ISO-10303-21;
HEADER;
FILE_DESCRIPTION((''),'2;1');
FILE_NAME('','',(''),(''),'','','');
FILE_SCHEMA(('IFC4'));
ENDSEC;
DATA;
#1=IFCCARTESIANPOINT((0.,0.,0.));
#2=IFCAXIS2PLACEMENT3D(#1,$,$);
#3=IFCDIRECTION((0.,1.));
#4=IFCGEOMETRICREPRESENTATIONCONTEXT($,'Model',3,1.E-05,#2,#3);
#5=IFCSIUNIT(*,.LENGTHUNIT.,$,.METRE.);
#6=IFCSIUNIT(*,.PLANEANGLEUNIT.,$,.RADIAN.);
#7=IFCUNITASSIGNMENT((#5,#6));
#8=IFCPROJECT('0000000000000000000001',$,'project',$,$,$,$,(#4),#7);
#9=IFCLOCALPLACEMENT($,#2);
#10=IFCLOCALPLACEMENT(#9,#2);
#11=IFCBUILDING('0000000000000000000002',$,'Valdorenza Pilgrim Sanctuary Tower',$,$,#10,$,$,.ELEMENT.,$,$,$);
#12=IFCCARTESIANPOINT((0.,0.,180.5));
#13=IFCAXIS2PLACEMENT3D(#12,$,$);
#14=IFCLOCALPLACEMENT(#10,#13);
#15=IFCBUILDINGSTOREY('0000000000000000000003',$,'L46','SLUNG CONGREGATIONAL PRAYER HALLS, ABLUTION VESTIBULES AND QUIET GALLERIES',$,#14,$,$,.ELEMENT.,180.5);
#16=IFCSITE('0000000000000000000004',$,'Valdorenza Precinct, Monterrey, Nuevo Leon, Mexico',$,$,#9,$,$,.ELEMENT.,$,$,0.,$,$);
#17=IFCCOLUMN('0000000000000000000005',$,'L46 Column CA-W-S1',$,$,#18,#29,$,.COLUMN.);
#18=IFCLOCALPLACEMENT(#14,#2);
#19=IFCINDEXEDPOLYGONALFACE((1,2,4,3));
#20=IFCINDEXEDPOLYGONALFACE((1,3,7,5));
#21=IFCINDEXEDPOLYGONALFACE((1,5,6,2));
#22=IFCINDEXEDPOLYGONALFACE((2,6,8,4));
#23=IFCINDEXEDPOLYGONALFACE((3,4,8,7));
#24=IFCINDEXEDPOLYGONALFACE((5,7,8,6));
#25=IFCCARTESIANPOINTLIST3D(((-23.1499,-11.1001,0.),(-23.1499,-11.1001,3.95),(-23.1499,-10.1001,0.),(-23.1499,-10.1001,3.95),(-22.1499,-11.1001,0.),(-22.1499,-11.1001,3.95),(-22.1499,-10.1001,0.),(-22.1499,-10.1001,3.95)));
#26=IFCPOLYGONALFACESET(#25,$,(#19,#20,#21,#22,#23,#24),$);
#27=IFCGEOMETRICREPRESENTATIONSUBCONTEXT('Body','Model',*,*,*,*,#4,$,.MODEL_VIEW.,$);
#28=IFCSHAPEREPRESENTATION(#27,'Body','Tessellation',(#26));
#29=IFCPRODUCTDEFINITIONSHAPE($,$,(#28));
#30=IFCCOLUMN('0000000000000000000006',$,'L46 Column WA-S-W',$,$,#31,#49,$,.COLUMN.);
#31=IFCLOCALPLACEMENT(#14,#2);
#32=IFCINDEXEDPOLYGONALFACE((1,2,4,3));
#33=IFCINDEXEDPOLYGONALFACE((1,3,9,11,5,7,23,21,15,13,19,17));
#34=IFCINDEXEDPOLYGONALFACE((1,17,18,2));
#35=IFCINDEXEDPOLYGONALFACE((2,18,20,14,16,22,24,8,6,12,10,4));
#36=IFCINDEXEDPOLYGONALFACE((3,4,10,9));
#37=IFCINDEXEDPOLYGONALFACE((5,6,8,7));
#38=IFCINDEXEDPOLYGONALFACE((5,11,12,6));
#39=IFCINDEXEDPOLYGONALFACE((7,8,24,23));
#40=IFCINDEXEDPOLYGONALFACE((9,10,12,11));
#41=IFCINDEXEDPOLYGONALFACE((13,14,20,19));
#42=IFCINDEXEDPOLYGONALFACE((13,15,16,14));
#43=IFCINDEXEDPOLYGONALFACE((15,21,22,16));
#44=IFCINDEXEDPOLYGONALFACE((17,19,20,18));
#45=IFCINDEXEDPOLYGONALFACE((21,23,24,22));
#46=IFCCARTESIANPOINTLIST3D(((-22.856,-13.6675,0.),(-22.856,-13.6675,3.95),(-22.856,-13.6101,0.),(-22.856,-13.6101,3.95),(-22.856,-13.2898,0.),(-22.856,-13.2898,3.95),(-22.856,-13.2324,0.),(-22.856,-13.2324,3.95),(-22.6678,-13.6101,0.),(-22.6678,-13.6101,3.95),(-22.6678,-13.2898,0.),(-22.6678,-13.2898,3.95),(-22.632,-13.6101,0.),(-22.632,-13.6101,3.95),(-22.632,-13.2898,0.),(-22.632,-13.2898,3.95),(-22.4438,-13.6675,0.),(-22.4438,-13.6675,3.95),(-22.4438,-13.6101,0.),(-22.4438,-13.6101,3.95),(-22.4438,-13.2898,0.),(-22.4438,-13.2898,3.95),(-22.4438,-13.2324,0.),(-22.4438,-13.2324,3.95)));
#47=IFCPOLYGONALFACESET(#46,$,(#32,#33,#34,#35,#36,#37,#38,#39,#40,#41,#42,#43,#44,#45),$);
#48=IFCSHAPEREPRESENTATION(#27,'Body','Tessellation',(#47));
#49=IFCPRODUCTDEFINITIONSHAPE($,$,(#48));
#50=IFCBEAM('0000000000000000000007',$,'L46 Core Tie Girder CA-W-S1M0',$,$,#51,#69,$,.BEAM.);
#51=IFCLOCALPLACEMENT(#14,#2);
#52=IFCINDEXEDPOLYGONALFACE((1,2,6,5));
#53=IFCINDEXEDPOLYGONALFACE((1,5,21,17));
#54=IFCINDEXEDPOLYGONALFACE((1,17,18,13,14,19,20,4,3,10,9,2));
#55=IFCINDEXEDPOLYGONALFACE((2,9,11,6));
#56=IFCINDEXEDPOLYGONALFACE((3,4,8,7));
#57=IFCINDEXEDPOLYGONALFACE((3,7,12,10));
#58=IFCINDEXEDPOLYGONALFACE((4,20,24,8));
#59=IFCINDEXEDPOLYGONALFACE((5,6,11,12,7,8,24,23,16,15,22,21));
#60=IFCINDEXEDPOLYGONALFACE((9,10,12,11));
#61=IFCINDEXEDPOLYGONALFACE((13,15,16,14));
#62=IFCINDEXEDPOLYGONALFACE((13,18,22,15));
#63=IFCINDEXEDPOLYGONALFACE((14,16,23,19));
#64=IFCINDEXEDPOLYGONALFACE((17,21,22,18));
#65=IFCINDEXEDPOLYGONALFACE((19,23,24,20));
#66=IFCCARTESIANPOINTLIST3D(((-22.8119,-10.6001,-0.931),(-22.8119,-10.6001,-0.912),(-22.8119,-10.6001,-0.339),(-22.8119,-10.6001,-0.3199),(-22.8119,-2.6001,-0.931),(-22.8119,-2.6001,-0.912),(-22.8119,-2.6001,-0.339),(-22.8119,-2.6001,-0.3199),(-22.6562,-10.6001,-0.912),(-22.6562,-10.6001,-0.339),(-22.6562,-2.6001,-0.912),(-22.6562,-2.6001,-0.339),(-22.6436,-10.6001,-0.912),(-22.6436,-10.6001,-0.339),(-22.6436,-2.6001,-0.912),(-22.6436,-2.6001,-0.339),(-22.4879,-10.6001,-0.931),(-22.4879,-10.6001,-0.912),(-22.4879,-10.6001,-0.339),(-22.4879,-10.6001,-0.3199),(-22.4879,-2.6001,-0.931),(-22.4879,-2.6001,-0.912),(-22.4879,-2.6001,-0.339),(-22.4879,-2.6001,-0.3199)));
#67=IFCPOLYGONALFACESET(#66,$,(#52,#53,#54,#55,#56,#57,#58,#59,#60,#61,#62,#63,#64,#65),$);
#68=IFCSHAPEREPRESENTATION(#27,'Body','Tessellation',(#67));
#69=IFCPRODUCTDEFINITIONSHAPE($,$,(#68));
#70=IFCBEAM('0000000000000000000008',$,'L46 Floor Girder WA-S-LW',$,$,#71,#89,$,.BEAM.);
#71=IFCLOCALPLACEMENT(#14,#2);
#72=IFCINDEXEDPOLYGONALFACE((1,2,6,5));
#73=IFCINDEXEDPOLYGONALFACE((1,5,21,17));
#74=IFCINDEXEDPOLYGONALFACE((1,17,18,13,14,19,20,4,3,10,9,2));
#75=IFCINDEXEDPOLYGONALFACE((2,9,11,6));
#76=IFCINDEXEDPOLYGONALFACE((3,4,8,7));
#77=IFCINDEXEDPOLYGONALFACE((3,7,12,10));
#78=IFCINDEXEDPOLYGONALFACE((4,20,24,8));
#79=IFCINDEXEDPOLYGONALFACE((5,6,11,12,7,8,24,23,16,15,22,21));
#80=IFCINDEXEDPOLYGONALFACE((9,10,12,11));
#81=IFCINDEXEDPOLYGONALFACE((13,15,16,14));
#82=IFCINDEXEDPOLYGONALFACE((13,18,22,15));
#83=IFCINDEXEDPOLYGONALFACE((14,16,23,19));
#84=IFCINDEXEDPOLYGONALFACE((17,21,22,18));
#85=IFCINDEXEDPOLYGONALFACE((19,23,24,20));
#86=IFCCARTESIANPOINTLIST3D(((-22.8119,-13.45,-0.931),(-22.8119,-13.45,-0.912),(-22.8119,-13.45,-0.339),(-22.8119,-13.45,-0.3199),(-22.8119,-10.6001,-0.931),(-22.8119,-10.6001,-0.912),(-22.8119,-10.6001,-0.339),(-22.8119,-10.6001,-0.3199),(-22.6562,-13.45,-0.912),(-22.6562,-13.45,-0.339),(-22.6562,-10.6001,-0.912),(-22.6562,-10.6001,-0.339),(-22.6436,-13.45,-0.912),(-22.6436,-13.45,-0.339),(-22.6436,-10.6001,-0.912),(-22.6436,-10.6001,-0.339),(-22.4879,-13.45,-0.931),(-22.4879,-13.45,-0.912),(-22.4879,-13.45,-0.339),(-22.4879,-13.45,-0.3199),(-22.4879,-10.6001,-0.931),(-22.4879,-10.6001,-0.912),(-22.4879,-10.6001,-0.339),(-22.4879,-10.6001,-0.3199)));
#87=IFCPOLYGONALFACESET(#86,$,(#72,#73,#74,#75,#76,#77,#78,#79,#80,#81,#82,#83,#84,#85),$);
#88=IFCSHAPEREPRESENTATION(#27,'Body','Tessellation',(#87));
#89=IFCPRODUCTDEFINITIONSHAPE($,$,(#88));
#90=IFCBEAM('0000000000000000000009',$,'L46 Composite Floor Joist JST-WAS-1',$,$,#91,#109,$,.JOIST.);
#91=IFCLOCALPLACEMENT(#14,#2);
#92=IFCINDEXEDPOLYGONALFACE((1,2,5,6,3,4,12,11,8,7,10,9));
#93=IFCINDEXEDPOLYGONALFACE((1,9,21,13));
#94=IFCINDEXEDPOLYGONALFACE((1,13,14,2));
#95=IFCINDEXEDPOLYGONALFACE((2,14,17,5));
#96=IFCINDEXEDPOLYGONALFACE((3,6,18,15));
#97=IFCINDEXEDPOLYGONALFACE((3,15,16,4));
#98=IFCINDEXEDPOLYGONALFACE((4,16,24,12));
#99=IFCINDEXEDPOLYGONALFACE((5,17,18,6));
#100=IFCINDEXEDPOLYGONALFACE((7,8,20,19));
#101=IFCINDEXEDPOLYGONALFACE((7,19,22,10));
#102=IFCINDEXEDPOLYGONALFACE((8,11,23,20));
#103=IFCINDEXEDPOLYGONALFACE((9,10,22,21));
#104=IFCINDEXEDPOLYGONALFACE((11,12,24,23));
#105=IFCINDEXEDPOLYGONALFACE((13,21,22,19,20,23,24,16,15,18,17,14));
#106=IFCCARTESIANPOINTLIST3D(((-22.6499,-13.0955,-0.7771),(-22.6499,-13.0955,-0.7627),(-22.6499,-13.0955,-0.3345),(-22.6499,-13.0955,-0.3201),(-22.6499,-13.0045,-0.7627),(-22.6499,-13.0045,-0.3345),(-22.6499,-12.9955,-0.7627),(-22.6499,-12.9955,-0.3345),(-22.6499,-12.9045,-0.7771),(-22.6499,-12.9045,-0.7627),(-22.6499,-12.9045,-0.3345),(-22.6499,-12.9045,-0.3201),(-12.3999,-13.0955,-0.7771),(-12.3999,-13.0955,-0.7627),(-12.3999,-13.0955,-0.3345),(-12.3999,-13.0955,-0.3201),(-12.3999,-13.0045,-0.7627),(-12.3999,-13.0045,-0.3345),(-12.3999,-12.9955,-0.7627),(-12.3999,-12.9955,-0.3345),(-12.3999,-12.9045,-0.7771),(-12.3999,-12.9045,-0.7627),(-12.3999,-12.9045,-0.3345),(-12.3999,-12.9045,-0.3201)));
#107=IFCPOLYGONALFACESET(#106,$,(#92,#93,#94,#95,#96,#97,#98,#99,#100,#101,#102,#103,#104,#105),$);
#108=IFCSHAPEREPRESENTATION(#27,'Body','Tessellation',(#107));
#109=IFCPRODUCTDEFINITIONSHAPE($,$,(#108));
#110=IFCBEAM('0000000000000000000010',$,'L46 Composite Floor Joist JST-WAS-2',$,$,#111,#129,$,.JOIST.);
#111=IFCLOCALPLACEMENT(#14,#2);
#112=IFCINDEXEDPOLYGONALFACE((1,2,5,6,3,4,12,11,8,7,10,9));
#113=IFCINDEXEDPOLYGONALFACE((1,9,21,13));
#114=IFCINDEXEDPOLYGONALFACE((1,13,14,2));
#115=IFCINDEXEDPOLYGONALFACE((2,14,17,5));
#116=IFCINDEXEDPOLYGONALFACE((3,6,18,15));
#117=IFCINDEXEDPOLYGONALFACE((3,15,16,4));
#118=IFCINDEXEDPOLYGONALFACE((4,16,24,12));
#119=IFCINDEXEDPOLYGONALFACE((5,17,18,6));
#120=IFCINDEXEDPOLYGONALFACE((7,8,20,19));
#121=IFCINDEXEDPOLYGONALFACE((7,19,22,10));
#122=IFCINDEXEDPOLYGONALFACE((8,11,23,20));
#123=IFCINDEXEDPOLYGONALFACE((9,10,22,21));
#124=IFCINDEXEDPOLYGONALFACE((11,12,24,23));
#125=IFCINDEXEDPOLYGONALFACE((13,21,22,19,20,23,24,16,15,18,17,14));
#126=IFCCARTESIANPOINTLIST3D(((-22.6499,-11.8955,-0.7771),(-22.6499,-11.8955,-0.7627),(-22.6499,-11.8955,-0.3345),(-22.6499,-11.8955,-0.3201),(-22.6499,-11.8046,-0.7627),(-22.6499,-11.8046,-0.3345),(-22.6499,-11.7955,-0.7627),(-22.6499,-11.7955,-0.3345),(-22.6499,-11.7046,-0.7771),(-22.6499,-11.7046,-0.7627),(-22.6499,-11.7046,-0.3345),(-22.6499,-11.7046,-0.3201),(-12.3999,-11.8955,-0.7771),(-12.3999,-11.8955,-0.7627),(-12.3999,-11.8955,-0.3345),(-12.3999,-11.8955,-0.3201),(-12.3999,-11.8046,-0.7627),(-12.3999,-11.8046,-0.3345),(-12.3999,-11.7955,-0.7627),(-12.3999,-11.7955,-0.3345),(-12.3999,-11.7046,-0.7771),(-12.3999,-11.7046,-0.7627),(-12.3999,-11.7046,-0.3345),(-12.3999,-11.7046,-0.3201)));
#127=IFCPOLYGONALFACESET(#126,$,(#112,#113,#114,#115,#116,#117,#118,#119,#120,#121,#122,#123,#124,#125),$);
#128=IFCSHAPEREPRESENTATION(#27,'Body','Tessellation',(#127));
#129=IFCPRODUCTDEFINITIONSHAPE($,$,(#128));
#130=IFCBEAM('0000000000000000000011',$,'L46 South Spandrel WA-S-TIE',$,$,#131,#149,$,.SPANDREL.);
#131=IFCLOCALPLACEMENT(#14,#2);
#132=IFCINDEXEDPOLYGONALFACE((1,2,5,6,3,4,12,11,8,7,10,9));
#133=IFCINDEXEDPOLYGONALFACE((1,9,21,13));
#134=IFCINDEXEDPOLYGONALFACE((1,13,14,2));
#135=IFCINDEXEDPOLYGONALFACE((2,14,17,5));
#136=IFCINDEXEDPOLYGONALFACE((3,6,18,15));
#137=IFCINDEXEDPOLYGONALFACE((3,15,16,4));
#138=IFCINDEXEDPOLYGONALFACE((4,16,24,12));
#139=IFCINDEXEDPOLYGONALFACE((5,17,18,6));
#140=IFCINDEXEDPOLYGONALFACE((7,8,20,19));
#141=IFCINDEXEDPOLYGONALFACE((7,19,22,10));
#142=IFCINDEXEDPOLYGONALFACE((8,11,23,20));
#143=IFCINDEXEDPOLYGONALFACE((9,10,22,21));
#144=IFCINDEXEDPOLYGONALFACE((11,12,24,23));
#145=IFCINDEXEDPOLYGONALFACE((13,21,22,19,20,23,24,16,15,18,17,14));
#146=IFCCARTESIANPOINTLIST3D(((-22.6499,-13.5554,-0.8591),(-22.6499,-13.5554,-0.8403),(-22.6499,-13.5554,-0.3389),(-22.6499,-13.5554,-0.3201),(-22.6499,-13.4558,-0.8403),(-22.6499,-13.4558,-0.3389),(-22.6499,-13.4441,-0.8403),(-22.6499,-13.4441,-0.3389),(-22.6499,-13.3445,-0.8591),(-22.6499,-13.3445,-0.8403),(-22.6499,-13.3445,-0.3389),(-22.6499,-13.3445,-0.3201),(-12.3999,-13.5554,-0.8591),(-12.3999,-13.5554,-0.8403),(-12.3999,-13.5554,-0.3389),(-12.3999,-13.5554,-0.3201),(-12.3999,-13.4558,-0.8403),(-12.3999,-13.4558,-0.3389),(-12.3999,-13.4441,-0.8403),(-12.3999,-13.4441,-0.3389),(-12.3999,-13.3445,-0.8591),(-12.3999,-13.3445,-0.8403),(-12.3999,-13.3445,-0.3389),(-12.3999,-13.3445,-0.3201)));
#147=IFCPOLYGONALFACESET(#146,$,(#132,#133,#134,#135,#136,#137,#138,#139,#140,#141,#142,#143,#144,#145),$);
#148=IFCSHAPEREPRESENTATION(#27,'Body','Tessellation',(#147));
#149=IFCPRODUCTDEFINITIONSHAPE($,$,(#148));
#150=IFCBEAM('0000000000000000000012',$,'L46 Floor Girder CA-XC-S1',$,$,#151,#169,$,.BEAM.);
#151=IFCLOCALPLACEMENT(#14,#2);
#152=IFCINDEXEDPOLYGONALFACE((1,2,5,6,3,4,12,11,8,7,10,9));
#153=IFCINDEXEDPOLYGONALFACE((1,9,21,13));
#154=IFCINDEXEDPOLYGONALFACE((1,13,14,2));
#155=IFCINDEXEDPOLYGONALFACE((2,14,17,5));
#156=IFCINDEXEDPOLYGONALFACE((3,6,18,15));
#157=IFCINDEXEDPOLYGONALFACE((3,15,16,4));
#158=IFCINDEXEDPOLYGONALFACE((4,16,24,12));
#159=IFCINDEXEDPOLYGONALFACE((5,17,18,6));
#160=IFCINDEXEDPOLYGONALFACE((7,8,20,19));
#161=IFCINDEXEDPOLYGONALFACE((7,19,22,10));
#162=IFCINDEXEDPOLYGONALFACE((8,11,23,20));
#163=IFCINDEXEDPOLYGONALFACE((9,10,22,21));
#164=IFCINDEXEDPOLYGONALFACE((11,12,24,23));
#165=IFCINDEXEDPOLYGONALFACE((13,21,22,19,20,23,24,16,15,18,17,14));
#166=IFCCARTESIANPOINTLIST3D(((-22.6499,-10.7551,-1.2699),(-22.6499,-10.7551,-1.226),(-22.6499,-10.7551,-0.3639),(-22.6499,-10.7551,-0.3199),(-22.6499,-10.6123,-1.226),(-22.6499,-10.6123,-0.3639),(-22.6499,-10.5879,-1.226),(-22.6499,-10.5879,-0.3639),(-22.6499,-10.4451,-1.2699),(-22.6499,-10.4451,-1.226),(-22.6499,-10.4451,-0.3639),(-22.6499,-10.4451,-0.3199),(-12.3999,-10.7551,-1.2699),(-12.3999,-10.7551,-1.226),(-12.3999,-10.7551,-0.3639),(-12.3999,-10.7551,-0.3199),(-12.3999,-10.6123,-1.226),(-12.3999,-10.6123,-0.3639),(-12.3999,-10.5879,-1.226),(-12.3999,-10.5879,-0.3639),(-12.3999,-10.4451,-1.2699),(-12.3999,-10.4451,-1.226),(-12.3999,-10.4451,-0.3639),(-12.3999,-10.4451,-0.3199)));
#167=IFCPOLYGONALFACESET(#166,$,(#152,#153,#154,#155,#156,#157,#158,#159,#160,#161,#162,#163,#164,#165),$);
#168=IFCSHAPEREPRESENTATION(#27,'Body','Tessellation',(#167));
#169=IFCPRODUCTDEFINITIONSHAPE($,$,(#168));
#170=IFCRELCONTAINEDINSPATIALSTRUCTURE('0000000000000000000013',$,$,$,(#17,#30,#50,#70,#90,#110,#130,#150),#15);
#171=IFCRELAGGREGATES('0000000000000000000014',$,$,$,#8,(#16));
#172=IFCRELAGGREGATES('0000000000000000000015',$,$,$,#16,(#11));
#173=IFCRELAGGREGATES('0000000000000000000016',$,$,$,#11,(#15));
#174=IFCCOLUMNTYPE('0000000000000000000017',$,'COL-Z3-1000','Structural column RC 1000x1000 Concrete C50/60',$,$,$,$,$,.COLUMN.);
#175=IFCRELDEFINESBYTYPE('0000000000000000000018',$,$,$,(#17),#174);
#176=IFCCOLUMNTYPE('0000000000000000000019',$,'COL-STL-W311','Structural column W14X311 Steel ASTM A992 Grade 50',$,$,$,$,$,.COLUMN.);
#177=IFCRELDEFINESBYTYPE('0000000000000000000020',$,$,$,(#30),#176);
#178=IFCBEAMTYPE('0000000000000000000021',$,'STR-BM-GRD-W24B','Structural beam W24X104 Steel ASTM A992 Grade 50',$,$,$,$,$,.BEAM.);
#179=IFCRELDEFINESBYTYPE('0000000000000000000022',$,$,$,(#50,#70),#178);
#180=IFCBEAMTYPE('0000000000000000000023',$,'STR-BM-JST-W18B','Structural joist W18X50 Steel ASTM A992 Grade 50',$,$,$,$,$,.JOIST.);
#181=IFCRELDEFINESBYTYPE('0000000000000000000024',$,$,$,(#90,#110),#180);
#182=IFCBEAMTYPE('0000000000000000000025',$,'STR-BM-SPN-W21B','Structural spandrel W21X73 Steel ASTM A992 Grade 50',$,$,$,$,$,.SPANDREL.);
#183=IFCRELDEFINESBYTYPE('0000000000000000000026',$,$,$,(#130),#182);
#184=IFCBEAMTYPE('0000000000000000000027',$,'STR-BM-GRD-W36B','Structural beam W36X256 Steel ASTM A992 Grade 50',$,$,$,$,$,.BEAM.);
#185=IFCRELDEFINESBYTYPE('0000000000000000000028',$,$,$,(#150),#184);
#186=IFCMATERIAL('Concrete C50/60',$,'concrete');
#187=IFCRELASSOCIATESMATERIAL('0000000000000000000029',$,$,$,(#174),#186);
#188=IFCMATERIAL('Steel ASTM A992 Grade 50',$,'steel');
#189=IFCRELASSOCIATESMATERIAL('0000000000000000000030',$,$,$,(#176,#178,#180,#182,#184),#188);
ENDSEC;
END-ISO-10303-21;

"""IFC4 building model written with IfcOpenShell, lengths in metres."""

from ifc_helpers import new_model, si_unit, direction, frame, origin, origin_2d, place, context, subcontext, project, spatial, rectangle, i_section, extrude, source, transform, mapped, material, material_profile, profile_set, type_object, element, save


model = new_model("IFC4")

# Units and contexts
model_context = context("Model", 3, precision=1e-05, world=origin(), true_north=direction((0.0, 1.0)))
body_context = subcontext(model_context, "Body", "Model", "MODEL_VIEW")
ifc_project = project(units=[si_unit("LENGTHUNIT", "METRE"), si_unit("PLANEANGLEUNIT", "RADIAN")], contexts=[model_context])

# Site, building, storey
site_placement = place(None, origin())
site = spatial("IfcSite", under=ifc_project, at=site_placement, Name="Valdorenza Precinct, Monterrey, Nuevo Leon, Mexico", CompositionType="ELEMENT", RefElevation=0.0)
building_placement = place(site_placement, origin())
building = spatial("IfcBuilding", under=site, at=building_placement, Name="Valdorenza Pilgrim Sanctuary Tower", CompositionType="ELEMENT")
storey_placement = place(building_placement, frame((0.0, 0.0, 180.5)))
storey = spatial("IfcBuildingStorey", under=building, at=storey_placement, Name="L46", Description="SLUNG CONGREGATIONAL PRAYER HALLS, ABLUTION VESTIBULES AND QUIET GALLERIES", CompositionType="ELEMENT", Elevation=180.5)

# Columns
ifc_material_1 = material(Name="Concrete C50/60", Category="concrete")
ifc_material_profile_1 = material_profile(ifc_material_1, rectangle(XDim=1.0, YDim=1.0, at=origin_2d()), Name="RC 1000x1000")
ifc_profile_set_1 = profile_set([ifc_material_profile_1], Name="Concrete C50/60")
column_type_1 = type_object("IfcColumnType", Name="COL-Z3-1000", Description="Structural column RC 1000x1000 Concrete C50/60", PredefinedType="COLUMN", material=ifc_profile_set_1)
shared_shape_1 = source(origin(), body_context, "Body", "SweptSolid", [
    extrude(rectangle(XDim=1.0, YDim=1.0, at=origin_2d()), origin(), (0.0, 0.0, 1.0), 3.95),
])
column_1_placement = place(storey_placement, frame((-22.6499, -10.6001, 0.0), z_axis=(0.0, 0.0, 1.0), x_axis=(1.0, 0.0, 0.0)))
element("IfcColumn", 1, at=column_1_placement, inside=storey, type_object=column_type_1, Name="L46 Column CA-W-S1", PredefinedType="COLUMN", context=body_context, shape_type="MappedRepresentation", body=[
    mapped(shared_shape_1, transform((0.0, 0.0, 0.0), x_axis=(1.0, 0.0, 0.0), y_axis=(0.0, 1.0, 0.0), z_axis=(0.0, 0.0, 1.0), scale=1.0)),
])
ifc_material_2 = material(Name="Steel ASTM A992 Grade 50", Category="steel")
ifc_material_profile_2 = material_profile(ifc_material_2, i_section(OverallWidth=0.4121, OverallDepth=0.4351, WebThickness=0.0359, FlangeThickness=0.0574, at=origin_2d()), Name="W14X311")
ifc_profile_set_2 = profile_set([ifc_material_profile_2], Name="Steel ASTM A992 Grade 50")
column_type_2 = type_object("IfcColumnType", Name="COL-STL-W311", Description="Structural column W14X311 Steel ASTM A992 Grade 50", PredefinedType="COLUMN", material=ifc_profile_set_2)
shared_shape_2 = source(origin(), body_context, "Body", "SweptSolid", [
    extrude(i_section(OverallWidth=0.4121, OverallDepth=0.4351, WebThickness=0.0359, FlangeThickness=0.0574, at=origin_2d()), origin(), (0.0, 0.0, 1.0), 3.95),
])
column_2_placement = place(storey_placement, frame((-22.6499, -13.45, 0.0), z_axis=(0.0, 0.0, 1.0), x_axis=(1.0, 0.0, 0.0)))
element("IfcColumn", 2, at=column_2_placement, inside=storey, type_object=column_type_2, Name="L46 Column WA-S-W", PredefinedType="COLUMN", context=body_context, shape_type="MappedRepresentation", body=[
    mapped(shared_shape_2, transform((0.0, 0.0, 0.0), x_axis=(1.0, 0.0, 0.0), y_axis=(0.0, 1.0, 0.0), z_axis=(0.0, 0.0, 1.0), scale=1.0)),
])

# Beams
ifc_material_profile_3 = material_profile(ifc_material_2, i_section(OverallWidth=0.324, OverallDepth=0.6111, WebThickness=0.0127, FlangeThickness=0.019, at=origin_2d()), Name="W24X104")
ifc_profile_set_3 = profile_set([ifc_material_profile_3], Name="Steel ASTM A992 Grade 50")
beam_type_1 = type_object("IfcBeamType", Name="STR-BM-GRD-W24B", Description="Structural beam W24X104 Steel ASTM A992 Grade 50", PredefinedType="BEAM", material=ifc_profile_set_3)
shared_shape_3 = source(origin(), body_context, "Body", "SweptSolid", [
    extrude(i_section(OverallWidth=0.324, OverallDepth=0.6111, WebThickness=0.0127, FlangeThickness=0.019, at=origin_2d()), origin(), (0.0, 0.0, 1.0), 8.0),
])
beam_1_placement = place(storey_placement, frame((-22.6499, -10.6001, -0.6255), z_axis=(0.0, 1.0, 0.0), x_axis=(-1.0, 0.0, 0.0)))
element("IfcBeam", 3, at=beam_1_placement, inside=storey, type_object=beam_type_1, Name="L46 Core Tie Girder CA-W-S1M0", PredefinedType="BEAM", context=body_context, shape_type="MappedRepresentation", body=[
    mapped(shared_shape_3, transform((0.0, 0.0, 0.0), x_axis=(1.0, 0.0, 0.0), y_axis=(0.0, 1.0, 0.0), z_axis=(0.0, 0.0, 1.0), scale=1.0)),
])
shared_shape_4 = source(origin(), body_context, "Body", "SweptSolid", [
    extrude(i_section(OverallWidth=0.324, OverallDepth=0.6111, WebThickness=0.0127, FlangeThickness=0.019, at=origin_2d()), origin(), (0.0, 0.0, 1.0), 2.8499),
])
beam_2_placement = place(storey_placement, frame((-22.6499, -13.45, -0.6255), z_axis=(0.0, 1.0, 0.0), x_axis=(-1.0, 0.0, 0.0)))
element("IfcBeam", 4, at=beam_2_placement, inside=storey, type_object=beam_type_1, Name="L46 Floor Girder WA-S-LW", PredefinedType="BEAM", context=body_context, shape_type="MappedRepresentation", body=[
    mapped(shared_shape_4, transform((0.0, 0.0, 0.0), x_axis=(1.0, 0.0, 0.0), y_axis=(0.0, 1.0, 0.0), z_axis=(0.0, 0.0, 1.0), scale=1.0)),
])
ifc_material_profile_4 = material_profile(ifc_material_2, i_section(OverallWidth=0.1909, OverallDepth=0.457, WebThickness=0.009, FlangeThickness=0.0144, at=origin_2d()), Name="W18X50")
ifc_profile_set_4 = profile_set([ifc_material_profile_4], Name="Steel ASTM A992 Grade 50")
beam_type_2 = type_object("IfcBeamType", Name="STR-BM-JST-W18B", Description="Structural joist W18X50 Steel ASTM A992 Grade 50", PredefinedType="JOIST", material=ifc_profile_set_4)
shared_shape_5 = source(origin(), body_context, "Body", "SweptSolid", [
    extrude(i_section(OverallWidth=0.1909, OverallDepth=0.457, WebThickness=0.009, FlangeThickness=0.0144, at=origin_2d()), origin(), (0.0, 0.0, 1.0), 10.25),
])
for number, where, z_axis, x_axis, name in (
    (5, (-22.6499, -13.0, -0.5486), (1.0, 0.0, 0.0), (0.0, 1.0, 0.0), "L46 Composite Floor Joist JST-WAS-1"),
    (6, (-22.6499, -11.8, -0.5486), (1.0, 0.0, 0.0), (0.0, 1.0, 0.0), "L46 Composite Floor Joist JST-WAS-2"),
):
    element("IfcBeam", number, at=place(storey_placement, frame(where, z_axis=z_axis, x_axis=x_axis)), inside=storey, type_object=beam_type_2, Name=name, PredefinedType="JOIST", context=body_context, shape_type="MappedRepresentation", body=[
        mapped(shared_shape_5, transform((0.0, 0.0, 0.0), x_axis=(1.0, 0.0, 0.0), y_axis=(0.0, 1.0, 0.0), z_axis=(0.0, 0.0, 1.0), scale=1.0)),
    ])
ifc_material_profile_5 = material_profile(ifc_material_2, i_section(OverallWidth=0.2109, OverallDepth=0.5391, WebThickness=0.0117, FlangeThickness=0.0188, at=origin_2d()), Name="W21X73")
ifc_profile_set_5 = profile_set([ifc_material_profile_5], Name="Steel ASTM A992 Grade 50")
beam_type_3 = type_object("IfcBeamType", Name="STR-BM-SPN-W21B", Description="Structural spandrel W21X73 Steel ASTM A992 Grade 50", PredefinedType="SPANDREL", material=ifc_profile_set_5)
shared_shape_6 = source(origin(), body_context, "Body", "SweptSolid", [
    extrude(i_section(OverallWidth=0.2109, OverallDepth=0.5391, WebThickness=0.0117, FlangeThickness=0.0188, at=origin_2d()), origin(), (0.0, 0.0, 1.0), 10.25),
])
beam_3_placement = place(storey_placement, frame((-22.6499, -13.45, -0.5896), z_axis=(1.0, 0.0, 0.0), x_axis=(0.0, 1.0, 0.0)))
element("IfcBeam", 7, at=beam_3_placement, inside=storey, type_object=beam_type_3, Name="L46 South Spandrel WA-S-TIE", PredefinedType="SPANDREL", context=body_context, shape_type="MappedRepresentation", body=[
    mapped(shared_shape_6, transform((0.0, 0.0, 0.0), x_axis=(1.0, 0.0, 0.0), y_axis=(0.0, 1.0, 0.0), z_axis=(0.0, 0.0, 1.0), scale=1.0)),
])
ifc_material_profile_6 = material_profile(ifc_material_2, i_section(OverallWidth=0.3101, OverallDepth=0.95, WebThickness=0.0244, FlangeThickness=0.0439, at=origin_2d()), Name="W36X256")
ifc_profile_set_6 = profile_set([ifc_material_profile_6], Name="Steel ASTM A992 Grade 50")
beam_type_4 = type_object("IfcBeamType", Name="STR-BM-GRD-W36B", Description="Structural beam W36X256 Steel ASTM A992 Grade 50", PredefinedType="BEAM", material=ifc_profile_set_6)
shared_shape_7 = source(origin(), body_context, "Body", "SweptSolid", [
    extrude(i_section(OverallWidth=0.3101, OverallDepth=0.95, WebThickness=0.0244, FlangeThickness=0.0439, at=origin_2d()), origin(), (0.0, 0.0, 1.0), 10.25),
])
beam_4_placement = place(storey_placement, frame((-22.6499, -10.6001, -0.7949), z_axis=(1.0, 0.0, 0.0), x_axis=(0.0, 1.0, 0.0)))
element("IfcBeam", 8, at=beam_4_placement, inside=storey, type_object=beam_type_4, Name="L46 Floor Girder CA-XC-S1", PredefinedType="BEAM", context=body_context, shape_type="MappedRepresentation", body=[
    mapped(shared_shape_7, transform((0.0, 0.0, 0.0), x_axis=(1.0, 0.0, 0.0), y_axis=(0.0, 1.0, 0.0), z_axis=(0.0, 0.0, 1.0), scale=1.0)),
])

save(model, "model.ifc")
